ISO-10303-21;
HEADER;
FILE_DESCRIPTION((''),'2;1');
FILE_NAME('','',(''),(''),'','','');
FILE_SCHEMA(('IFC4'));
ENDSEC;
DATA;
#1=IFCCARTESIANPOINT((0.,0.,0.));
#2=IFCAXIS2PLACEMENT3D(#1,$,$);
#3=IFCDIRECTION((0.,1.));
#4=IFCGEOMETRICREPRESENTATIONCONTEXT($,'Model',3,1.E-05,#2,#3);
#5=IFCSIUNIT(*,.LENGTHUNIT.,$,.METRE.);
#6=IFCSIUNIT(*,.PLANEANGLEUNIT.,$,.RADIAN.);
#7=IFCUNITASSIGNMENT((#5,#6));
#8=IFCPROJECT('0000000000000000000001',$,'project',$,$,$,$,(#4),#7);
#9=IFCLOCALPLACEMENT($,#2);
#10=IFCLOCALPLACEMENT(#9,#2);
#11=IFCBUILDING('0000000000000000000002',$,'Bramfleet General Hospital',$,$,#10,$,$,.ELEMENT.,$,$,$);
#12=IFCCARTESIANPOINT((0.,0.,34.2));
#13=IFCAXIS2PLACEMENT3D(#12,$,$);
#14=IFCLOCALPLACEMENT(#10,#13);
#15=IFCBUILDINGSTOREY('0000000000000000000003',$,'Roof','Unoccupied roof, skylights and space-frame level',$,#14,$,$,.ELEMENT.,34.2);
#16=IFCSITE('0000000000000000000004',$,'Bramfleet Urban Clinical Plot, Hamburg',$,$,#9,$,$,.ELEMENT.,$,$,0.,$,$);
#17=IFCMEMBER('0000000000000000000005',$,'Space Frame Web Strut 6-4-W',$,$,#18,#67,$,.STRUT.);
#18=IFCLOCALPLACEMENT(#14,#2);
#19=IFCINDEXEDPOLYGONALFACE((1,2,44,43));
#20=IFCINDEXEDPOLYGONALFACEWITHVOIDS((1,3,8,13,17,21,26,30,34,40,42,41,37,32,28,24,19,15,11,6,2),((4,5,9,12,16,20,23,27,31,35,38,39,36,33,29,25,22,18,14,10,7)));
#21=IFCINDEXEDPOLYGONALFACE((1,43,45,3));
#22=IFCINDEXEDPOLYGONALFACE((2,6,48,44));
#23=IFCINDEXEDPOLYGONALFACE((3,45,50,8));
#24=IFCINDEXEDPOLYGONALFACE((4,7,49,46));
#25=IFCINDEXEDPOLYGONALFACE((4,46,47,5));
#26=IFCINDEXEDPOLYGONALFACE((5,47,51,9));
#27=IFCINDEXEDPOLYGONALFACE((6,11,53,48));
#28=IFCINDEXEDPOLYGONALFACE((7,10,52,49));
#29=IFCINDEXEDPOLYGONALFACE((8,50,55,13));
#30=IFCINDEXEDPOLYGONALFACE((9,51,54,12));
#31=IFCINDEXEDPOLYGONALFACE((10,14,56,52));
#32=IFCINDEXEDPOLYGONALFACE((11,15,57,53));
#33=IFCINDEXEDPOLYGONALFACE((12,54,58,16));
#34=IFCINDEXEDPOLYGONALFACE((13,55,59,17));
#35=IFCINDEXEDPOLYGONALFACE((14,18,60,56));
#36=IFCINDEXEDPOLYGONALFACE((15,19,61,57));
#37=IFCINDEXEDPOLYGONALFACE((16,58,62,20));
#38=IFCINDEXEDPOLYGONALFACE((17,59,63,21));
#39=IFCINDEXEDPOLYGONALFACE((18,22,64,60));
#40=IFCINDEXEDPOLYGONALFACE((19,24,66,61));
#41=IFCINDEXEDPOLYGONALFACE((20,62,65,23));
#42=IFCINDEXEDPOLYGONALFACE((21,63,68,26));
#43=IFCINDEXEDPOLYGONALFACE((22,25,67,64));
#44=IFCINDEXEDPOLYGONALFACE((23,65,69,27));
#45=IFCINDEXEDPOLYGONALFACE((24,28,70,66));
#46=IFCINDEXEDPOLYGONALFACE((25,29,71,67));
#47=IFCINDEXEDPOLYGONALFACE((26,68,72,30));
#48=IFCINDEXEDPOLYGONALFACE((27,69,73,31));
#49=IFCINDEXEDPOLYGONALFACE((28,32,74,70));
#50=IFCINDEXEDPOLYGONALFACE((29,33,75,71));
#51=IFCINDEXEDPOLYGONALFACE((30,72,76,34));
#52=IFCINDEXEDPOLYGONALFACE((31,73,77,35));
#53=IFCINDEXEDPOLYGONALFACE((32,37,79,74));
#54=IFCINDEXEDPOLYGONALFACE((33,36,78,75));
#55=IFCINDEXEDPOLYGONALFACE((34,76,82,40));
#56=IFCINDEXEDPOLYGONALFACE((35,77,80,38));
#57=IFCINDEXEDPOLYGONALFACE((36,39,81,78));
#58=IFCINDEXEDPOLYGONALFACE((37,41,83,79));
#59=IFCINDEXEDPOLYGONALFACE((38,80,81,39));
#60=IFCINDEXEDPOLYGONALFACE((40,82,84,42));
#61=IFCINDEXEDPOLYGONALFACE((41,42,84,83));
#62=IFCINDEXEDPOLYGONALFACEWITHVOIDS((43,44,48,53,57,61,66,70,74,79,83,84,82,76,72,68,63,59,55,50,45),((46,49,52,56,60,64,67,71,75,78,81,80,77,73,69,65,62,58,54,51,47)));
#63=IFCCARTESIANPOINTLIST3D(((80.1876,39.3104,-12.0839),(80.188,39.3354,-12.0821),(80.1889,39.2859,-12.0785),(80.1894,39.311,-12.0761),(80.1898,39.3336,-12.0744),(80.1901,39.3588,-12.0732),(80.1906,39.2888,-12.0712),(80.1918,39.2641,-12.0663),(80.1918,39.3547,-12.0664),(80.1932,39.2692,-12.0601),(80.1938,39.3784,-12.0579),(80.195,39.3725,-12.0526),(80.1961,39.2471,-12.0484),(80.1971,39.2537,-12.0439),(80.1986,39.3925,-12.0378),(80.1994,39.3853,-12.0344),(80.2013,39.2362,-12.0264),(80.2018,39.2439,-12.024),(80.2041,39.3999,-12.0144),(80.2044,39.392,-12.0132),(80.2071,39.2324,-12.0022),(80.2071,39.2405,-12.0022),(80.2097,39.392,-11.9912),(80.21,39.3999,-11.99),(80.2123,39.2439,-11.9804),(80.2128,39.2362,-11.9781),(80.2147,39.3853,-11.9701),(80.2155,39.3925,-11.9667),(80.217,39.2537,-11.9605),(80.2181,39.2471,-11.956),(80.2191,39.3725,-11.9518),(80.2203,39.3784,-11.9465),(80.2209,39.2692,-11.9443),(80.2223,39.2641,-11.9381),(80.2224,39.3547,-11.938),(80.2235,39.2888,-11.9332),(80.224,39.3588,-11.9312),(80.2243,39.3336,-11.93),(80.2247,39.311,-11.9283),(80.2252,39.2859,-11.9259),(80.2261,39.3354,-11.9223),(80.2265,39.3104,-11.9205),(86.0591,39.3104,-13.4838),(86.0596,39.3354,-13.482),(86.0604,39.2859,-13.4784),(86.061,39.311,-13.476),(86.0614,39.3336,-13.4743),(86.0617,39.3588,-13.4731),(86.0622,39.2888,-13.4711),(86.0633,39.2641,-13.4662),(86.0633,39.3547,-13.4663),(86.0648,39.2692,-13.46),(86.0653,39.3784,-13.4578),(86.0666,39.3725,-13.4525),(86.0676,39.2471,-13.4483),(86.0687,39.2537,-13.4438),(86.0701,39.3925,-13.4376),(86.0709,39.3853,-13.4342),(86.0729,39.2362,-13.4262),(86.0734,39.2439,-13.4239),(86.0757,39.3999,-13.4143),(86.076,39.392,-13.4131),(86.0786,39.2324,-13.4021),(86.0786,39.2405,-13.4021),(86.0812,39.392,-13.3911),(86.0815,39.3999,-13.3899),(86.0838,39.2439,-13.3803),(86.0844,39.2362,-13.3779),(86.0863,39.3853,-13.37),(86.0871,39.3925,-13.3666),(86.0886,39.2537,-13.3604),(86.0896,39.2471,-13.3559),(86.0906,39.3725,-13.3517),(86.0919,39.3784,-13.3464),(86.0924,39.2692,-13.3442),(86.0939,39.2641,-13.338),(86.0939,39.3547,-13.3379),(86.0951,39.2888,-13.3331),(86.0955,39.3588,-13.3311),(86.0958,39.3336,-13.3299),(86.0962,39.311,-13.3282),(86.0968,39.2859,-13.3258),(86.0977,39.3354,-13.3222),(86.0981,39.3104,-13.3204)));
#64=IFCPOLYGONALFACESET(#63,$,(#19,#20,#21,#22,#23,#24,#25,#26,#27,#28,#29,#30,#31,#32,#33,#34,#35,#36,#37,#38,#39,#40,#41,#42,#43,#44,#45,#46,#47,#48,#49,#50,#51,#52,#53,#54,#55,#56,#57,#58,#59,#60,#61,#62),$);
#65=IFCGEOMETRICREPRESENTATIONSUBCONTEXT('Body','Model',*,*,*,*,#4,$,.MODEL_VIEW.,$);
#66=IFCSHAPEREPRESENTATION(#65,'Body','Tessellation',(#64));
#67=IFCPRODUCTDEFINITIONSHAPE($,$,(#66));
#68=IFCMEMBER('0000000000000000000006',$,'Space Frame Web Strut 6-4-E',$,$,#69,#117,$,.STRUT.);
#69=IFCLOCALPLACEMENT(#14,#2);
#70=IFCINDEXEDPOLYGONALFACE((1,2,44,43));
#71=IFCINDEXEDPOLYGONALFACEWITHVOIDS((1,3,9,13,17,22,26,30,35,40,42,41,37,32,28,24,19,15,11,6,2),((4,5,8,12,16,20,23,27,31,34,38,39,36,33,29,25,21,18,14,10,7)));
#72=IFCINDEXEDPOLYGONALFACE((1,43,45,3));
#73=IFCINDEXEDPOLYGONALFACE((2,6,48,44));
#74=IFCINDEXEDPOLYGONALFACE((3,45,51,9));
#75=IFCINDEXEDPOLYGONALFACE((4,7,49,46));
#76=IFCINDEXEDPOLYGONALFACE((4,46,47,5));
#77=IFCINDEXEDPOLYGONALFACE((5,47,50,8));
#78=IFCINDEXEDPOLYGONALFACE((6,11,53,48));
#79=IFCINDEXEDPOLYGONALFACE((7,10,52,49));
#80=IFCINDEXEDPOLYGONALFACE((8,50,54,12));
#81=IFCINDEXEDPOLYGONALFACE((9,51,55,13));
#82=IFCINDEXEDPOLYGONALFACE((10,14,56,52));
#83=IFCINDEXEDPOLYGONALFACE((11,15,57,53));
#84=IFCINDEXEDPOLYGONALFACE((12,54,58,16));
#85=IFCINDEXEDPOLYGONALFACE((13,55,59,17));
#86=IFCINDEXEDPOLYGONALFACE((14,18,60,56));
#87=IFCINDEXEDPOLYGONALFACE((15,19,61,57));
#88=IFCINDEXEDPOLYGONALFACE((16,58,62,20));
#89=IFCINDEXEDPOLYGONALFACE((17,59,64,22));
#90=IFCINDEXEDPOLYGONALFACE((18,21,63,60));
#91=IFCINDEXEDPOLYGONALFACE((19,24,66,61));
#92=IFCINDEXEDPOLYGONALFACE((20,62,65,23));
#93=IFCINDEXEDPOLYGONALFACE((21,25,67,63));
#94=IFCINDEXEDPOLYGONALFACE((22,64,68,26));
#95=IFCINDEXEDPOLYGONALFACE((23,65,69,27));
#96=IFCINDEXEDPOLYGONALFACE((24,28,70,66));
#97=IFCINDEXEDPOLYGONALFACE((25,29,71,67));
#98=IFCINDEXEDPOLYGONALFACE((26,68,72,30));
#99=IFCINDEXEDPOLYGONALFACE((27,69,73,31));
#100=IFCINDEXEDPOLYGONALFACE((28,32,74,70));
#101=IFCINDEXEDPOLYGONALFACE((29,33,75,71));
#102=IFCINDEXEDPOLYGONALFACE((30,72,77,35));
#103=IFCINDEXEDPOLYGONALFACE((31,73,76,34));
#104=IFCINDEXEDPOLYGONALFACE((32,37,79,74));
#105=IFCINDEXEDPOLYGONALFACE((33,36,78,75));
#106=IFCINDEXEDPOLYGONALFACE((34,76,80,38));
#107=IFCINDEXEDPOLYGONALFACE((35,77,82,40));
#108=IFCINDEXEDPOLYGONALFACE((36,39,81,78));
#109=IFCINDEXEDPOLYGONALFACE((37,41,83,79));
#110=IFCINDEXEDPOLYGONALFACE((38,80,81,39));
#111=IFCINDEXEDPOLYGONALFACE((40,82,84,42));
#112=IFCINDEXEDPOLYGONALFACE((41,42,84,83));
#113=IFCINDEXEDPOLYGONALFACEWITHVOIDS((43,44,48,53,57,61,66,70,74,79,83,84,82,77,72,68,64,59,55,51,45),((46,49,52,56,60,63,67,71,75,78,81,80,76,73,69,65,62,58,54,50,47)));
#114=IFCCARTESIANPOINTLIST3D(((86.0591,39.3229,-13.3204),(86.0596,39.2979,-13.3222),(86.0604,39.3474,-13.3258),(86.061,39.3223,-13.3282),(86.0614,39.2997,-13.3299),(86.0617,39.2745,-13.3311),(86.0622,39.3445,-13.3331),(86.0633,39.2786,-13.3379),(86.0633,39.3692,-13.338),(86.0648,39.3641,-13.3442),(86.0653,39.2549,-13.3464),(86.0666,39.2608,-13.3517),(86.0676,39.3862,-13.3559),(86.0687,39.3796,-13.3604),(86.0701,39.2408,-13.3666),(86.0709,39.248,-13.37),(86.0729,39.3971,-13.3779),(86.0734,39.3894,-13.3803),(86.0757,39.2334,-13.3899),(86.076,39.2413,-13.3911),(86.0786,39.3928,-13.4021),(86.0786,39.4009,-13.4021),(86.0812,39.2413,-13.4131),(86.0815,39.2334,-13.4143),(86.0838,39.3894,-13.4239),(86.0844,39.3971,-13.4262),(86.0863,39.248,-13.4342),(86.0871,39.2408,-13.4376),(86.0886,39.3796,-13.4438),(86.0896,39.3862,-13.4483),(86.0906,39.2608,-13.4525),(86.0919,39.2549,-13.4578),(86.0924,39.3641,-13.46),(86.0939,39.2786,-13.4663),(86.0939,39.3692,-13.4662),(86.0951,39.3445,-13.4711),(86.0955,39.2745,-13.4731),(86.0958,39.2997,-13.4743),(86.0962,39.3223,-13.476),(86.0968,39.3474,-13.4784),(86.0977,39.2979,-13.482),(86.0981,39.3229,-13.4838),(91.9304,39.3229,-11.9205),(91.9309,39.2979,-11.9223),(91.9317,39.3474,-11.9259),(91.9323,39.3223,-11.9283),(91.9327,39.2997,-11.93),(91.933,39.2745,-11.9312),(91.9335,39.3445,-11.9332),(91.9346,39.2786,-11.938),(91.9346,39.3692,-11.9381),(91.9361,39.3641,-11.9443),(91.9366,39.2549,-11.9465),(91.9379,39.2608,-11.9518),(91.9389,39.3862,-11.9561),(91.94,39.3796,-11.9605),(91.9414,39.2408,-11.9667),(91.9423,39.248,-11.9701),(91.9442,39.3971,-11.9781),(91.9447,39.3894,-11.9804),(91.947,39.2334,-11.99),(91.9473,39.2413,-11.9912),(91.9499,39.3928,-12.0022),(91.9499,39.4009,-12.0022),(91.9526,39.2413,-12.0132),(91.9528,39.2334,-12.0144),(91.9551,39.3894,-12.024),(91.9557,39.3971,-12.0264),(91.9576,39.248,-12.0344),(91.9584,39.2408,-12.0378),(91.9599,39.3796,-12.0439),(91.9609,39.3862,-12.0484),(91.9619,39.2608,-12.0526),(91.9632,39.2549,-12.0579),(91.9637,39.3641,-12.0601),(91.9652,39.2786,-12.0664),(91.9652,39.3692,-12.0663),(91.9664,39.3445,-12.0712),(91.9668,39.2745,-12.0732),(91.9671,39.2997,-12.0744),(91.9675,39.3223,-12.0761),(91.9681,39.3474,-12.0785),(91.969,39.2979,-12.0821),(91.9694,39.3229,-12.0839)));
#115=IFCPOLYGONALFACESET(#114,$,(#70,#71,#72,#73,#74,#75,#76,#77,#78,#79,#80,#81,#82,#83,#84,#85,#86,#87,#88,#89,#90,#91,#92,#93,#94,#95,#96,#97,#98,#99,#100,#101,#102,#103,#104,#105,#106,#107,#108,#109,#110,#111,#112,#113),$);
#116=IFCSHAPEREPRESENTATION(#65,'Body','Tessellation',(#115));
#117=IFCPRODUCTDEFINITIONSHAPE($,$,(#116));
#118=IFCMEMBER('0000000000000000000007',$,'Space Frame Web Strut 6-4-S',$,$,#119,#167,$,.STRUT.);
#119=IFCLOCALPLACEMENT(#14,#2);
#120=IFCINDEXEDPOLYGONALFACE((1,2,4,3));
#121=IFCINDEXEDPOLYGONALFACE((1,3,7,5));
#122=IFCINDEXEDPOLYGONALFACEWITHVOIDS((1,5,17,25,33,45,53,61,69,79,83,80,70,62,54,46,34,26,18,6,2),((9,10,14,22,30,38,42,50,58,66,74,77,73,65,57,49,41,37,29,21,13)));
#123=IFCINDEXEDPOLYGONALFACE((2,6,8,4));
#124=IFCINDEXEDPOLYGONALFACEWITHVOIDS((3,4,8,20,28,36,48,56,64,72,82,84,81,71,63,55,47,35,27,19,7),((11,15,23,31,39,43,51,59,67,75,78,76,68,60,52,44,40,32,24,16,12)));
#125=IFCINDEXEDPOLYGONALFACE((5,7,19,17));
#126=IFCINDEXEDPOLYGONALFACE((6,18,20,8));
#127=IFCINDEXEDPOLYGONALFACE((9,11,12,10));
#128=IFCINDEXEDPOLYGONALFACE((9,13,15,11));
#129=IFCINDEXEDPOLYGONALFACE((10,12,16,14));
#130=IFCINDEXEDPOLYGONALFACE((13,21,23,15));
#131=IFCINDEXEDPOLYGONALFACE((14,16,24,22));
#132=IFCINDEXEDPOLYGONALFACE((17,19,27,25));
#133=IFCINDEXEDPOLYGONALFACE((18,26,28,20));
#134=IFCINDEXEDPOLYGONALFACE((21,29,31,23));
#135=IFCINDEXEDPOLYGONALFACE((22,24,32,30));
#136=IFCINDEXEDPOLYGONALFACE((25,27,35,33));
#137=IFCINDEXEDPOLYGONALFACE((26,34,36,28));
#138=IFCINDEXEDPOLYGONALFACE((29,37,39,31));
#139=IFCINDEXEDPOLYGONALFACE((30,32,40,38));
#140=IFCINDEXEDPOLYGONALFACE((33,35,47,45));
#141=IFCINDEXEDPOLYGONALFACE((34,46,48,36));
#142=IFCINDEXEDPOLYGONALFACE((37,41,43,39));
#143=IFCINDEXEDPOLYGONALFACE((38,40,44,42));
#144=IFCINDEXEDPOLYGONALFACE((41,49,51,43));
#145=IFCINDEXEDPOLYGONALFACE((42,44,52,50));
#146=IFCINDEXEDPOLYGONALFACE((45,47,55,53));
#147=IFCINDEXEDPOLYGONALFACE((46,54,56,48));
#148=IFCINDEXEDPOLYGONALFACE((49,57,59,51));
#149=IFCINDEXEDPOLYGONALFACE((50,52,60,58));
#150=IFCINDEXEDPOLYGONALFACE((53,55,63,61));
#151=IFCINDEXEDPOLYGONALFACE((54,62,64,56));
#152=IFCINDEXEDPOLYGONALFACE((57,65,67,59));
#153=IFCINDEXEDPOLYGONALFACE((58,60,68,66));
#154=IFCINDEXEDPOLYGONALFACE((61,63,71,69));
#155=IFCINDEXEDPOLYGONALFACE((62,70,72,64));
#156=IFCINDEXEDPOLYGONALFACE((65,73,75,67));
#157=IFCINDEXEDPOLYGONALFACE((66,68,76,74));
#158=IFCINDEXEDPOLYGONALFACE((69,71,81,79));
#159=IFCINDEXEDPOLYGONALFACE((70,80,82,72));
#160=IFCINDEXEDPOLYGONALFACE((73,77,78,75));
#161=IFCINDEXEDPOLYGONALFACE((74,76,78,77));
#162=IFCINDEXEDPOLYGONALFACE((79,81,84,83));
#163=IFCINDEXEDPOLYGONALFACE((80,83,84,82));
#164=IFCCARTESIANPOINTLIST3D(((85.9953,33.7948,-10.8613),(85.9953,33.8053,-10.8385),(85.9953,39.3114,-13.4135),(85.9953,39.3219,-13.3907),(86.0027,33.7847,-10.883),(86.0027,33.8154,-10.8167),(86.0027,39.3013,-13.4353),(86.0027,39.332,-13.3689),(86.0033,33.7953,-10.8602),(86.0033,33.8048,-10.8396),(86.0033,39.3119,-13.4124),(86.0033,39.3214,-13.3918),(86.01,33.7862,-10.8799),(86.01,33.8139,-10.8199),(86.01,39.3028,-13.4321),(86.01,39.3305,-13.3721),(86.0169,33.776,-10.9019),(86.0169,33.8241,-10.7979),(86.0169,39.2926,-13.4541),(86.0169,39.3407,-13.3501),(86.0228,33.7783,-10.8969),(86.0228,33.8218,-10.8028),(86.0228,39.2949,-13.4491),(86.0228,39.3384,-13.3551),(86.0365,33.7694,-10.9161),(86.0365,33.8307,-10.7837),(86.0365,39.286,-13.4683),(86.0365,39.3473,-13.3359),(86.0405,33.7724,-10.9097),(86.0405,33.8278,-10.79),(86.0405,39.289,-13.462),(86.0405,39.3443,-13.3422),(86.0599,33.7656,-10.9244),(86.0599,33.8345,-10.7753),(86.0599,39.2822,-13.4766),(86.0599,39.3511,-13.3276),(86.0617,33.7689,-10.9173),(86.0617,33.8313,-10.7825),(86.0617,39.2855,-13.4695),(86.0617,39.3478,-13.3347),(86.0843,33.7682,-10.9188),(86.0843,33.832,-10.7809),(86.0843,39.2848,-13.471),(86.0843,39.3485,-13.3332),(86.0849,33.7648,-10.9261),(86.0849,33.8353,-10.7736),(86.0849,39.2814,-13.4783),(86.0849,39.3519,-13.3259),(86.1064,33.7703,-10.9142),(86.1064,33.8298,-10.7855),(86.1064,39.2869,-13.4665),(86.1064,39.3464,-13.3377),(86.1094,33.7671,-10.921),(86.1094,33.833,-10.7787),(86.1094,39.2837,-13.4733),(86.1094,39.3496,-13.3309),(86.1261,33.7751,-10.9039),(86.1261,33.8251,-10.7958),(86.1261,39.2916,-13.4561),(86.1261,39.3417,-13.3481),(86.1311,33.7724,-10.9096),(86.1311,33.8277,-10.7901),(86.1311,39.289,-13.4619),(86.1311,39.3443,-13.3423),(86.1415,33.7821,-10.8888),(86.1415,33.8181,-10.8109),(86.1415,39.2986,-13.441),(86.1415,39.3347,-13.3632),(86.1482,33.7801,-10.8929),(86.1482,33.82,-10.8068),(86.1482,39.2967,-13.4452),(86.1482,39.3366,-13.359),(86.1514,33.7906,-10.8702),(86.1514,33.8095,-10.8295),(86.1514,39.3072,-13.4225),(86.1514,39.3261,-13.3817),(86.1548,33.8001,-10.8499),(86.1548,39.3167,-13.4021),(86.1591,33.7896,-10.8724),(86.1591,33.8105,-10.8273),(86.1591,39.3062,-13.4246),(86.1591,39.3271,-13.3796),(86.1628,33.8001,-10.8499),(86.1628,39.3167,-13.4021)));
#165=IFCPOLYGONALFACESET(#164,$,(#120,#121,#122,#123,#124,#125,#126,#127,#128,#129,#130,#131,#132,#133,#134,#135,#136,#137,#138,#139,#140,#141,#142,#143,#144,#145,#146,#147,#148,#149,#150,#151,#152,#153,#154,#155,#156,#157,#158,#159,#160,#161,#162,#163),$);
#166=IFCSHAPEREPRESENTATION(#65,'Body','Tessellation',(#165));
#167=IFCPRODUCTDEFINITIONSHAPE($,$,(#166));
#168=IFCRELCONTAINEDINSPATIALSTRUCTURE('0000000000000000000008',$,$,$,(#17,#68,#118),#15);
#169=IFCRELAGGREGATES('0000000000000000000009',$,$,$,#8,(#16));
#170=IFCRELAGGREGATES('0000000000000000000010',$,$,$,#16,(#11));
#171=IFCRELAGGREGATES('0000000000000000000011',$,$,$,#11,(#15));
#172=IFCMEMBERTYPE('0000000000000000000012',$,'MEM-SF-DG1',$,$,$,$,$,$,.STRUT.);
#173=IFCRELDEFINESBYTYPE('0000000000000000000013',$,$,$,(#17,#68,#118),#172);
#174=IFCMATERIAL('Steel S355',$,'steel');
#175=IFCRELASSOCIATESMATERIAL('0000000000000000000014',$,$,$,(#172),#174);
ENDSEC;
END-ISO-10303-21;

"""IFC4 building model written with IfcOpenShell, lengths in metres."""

from ifc_helpers import new_model, si_unit, direction, frame, origin, origin_2d, place, context, subcontext, project, spatial, hollow_circle, extrude, material, material_profile, profile_set, type_object, element, save


model = new_model("IFC4")

# Units and contexts
model_context = context("Model", 3, precision=1e-05, world=origin(), true_north=direction((0.0, 1.0)))
body_context = subcontext(model_context, "Body", "Model", "MODEL_VIEW")
ifc_project = project(units=[si_unit("LENGTHUNIT", "METRE"), si_unit("PLANEANGLEUNIT", "RADIAN")], contexts=[model_context])

# Site, building, storey
site_placement = place(None, origin())
site = spatial("IfcSite", under=ifc_project, at=site_placement, Name="Bramfleet Urban Clinical Plot, Hamburg", CompositionType="ELEMENT", RefElevation=0.0)
building_placement = place(site_placement, origin())
building = spatial("IfcBuilding", under=site, at=building_placement, Name="Bramfleet General Hospital", CompositionType="ELEMENT")
storey_placement = place(building_placement, frame((0.0, 0.0, 34.2)))
storey = spatial("IfcBuildingStorey", under=building, at=storey_placement, Name="Roof", Description="Unoccupied roof, skylights and space-frame level", CompositionType="ELEMENT", Elevation=34.2)

# Members
ifc_material = material(Name="Steel S355", Category="steel")
ifc_material_profile_1 = material_profile(ifc_material, hollow_circle(Radius=0.0842, WallThickness=0.0081, at=origin_2d()), Name="CHS 168.3x8.0")
ifc_profile_set_1 = profile_set([ifc_material_profile_1], Name="Steel S355")
member_type_1 = type_object("IfcMemberType", Name="MEM-SF-DG1", PredefinedType="STRUT", material=ifc_profile_set_1)
member_1_placement = place(storey_placement, frame((86.0786, 39.3167, -13.4021), z_axis=(-0.972735, 0.0, 0.231919), x_axis=(0.0, -1.0, 0.0)))
element("IfcMember", 1, at=member_1_placement, inside=storey, type_object=member_type_1, Name="Space Frame Web Strut 6-4-W", PredefinedType="STRUT", context=body_context, shape_type="SweptSolid", body=[
    extrude(hollow_circle(Radius=0.0842, WallThickness=0.0081, at=origin_2d()), origin(), (0.0, 0.0, 1.0), 6.0361),
])
member_2_placement = place(storey_placement, frame((86.0786, 39.3167, -13.4021), z_axis=(0.972733, 0.0, 0.231929), x_axis=(0.0, 1.0, 0.0)))
element("IfcMember", 2, at=member_2_placement, inside=storey, type_object=member_type_1, Name="Space Frame Web Strut 6-4-E", PredefinedType="STRUT", context=body_context, shape_type="SweptSolid", body=[
    extrude(hollow_circle(Radius=0.0842, WallThickness=0.0081, at=origin_2d()), origin(), (0.0, 0.0, 1.0), 6.0359),
])
member_3_placement = place(storey_placement, frame((86.0786, 39.3167, -13.4021), z_axis=(0.0, -0.907576, 0.419888), x_axis=(1.0, 0.0, 0.0)))
element("IfcMember", 3, at=member_3_placement, inside=storey, type_object=member_type_1, Name="Space Frame Web Strut 6-4-S", PredefinedType="STRUT", context=body_context, shape_type="SweptSolid", body=[
    extrude(hollow_circle(Radius=0.0842, WallThickness=0.0081, at=origin_2d()), origin(), (0.0, 0.0, 1.0), 6.0784),
])

save(model, "model.ifc")
